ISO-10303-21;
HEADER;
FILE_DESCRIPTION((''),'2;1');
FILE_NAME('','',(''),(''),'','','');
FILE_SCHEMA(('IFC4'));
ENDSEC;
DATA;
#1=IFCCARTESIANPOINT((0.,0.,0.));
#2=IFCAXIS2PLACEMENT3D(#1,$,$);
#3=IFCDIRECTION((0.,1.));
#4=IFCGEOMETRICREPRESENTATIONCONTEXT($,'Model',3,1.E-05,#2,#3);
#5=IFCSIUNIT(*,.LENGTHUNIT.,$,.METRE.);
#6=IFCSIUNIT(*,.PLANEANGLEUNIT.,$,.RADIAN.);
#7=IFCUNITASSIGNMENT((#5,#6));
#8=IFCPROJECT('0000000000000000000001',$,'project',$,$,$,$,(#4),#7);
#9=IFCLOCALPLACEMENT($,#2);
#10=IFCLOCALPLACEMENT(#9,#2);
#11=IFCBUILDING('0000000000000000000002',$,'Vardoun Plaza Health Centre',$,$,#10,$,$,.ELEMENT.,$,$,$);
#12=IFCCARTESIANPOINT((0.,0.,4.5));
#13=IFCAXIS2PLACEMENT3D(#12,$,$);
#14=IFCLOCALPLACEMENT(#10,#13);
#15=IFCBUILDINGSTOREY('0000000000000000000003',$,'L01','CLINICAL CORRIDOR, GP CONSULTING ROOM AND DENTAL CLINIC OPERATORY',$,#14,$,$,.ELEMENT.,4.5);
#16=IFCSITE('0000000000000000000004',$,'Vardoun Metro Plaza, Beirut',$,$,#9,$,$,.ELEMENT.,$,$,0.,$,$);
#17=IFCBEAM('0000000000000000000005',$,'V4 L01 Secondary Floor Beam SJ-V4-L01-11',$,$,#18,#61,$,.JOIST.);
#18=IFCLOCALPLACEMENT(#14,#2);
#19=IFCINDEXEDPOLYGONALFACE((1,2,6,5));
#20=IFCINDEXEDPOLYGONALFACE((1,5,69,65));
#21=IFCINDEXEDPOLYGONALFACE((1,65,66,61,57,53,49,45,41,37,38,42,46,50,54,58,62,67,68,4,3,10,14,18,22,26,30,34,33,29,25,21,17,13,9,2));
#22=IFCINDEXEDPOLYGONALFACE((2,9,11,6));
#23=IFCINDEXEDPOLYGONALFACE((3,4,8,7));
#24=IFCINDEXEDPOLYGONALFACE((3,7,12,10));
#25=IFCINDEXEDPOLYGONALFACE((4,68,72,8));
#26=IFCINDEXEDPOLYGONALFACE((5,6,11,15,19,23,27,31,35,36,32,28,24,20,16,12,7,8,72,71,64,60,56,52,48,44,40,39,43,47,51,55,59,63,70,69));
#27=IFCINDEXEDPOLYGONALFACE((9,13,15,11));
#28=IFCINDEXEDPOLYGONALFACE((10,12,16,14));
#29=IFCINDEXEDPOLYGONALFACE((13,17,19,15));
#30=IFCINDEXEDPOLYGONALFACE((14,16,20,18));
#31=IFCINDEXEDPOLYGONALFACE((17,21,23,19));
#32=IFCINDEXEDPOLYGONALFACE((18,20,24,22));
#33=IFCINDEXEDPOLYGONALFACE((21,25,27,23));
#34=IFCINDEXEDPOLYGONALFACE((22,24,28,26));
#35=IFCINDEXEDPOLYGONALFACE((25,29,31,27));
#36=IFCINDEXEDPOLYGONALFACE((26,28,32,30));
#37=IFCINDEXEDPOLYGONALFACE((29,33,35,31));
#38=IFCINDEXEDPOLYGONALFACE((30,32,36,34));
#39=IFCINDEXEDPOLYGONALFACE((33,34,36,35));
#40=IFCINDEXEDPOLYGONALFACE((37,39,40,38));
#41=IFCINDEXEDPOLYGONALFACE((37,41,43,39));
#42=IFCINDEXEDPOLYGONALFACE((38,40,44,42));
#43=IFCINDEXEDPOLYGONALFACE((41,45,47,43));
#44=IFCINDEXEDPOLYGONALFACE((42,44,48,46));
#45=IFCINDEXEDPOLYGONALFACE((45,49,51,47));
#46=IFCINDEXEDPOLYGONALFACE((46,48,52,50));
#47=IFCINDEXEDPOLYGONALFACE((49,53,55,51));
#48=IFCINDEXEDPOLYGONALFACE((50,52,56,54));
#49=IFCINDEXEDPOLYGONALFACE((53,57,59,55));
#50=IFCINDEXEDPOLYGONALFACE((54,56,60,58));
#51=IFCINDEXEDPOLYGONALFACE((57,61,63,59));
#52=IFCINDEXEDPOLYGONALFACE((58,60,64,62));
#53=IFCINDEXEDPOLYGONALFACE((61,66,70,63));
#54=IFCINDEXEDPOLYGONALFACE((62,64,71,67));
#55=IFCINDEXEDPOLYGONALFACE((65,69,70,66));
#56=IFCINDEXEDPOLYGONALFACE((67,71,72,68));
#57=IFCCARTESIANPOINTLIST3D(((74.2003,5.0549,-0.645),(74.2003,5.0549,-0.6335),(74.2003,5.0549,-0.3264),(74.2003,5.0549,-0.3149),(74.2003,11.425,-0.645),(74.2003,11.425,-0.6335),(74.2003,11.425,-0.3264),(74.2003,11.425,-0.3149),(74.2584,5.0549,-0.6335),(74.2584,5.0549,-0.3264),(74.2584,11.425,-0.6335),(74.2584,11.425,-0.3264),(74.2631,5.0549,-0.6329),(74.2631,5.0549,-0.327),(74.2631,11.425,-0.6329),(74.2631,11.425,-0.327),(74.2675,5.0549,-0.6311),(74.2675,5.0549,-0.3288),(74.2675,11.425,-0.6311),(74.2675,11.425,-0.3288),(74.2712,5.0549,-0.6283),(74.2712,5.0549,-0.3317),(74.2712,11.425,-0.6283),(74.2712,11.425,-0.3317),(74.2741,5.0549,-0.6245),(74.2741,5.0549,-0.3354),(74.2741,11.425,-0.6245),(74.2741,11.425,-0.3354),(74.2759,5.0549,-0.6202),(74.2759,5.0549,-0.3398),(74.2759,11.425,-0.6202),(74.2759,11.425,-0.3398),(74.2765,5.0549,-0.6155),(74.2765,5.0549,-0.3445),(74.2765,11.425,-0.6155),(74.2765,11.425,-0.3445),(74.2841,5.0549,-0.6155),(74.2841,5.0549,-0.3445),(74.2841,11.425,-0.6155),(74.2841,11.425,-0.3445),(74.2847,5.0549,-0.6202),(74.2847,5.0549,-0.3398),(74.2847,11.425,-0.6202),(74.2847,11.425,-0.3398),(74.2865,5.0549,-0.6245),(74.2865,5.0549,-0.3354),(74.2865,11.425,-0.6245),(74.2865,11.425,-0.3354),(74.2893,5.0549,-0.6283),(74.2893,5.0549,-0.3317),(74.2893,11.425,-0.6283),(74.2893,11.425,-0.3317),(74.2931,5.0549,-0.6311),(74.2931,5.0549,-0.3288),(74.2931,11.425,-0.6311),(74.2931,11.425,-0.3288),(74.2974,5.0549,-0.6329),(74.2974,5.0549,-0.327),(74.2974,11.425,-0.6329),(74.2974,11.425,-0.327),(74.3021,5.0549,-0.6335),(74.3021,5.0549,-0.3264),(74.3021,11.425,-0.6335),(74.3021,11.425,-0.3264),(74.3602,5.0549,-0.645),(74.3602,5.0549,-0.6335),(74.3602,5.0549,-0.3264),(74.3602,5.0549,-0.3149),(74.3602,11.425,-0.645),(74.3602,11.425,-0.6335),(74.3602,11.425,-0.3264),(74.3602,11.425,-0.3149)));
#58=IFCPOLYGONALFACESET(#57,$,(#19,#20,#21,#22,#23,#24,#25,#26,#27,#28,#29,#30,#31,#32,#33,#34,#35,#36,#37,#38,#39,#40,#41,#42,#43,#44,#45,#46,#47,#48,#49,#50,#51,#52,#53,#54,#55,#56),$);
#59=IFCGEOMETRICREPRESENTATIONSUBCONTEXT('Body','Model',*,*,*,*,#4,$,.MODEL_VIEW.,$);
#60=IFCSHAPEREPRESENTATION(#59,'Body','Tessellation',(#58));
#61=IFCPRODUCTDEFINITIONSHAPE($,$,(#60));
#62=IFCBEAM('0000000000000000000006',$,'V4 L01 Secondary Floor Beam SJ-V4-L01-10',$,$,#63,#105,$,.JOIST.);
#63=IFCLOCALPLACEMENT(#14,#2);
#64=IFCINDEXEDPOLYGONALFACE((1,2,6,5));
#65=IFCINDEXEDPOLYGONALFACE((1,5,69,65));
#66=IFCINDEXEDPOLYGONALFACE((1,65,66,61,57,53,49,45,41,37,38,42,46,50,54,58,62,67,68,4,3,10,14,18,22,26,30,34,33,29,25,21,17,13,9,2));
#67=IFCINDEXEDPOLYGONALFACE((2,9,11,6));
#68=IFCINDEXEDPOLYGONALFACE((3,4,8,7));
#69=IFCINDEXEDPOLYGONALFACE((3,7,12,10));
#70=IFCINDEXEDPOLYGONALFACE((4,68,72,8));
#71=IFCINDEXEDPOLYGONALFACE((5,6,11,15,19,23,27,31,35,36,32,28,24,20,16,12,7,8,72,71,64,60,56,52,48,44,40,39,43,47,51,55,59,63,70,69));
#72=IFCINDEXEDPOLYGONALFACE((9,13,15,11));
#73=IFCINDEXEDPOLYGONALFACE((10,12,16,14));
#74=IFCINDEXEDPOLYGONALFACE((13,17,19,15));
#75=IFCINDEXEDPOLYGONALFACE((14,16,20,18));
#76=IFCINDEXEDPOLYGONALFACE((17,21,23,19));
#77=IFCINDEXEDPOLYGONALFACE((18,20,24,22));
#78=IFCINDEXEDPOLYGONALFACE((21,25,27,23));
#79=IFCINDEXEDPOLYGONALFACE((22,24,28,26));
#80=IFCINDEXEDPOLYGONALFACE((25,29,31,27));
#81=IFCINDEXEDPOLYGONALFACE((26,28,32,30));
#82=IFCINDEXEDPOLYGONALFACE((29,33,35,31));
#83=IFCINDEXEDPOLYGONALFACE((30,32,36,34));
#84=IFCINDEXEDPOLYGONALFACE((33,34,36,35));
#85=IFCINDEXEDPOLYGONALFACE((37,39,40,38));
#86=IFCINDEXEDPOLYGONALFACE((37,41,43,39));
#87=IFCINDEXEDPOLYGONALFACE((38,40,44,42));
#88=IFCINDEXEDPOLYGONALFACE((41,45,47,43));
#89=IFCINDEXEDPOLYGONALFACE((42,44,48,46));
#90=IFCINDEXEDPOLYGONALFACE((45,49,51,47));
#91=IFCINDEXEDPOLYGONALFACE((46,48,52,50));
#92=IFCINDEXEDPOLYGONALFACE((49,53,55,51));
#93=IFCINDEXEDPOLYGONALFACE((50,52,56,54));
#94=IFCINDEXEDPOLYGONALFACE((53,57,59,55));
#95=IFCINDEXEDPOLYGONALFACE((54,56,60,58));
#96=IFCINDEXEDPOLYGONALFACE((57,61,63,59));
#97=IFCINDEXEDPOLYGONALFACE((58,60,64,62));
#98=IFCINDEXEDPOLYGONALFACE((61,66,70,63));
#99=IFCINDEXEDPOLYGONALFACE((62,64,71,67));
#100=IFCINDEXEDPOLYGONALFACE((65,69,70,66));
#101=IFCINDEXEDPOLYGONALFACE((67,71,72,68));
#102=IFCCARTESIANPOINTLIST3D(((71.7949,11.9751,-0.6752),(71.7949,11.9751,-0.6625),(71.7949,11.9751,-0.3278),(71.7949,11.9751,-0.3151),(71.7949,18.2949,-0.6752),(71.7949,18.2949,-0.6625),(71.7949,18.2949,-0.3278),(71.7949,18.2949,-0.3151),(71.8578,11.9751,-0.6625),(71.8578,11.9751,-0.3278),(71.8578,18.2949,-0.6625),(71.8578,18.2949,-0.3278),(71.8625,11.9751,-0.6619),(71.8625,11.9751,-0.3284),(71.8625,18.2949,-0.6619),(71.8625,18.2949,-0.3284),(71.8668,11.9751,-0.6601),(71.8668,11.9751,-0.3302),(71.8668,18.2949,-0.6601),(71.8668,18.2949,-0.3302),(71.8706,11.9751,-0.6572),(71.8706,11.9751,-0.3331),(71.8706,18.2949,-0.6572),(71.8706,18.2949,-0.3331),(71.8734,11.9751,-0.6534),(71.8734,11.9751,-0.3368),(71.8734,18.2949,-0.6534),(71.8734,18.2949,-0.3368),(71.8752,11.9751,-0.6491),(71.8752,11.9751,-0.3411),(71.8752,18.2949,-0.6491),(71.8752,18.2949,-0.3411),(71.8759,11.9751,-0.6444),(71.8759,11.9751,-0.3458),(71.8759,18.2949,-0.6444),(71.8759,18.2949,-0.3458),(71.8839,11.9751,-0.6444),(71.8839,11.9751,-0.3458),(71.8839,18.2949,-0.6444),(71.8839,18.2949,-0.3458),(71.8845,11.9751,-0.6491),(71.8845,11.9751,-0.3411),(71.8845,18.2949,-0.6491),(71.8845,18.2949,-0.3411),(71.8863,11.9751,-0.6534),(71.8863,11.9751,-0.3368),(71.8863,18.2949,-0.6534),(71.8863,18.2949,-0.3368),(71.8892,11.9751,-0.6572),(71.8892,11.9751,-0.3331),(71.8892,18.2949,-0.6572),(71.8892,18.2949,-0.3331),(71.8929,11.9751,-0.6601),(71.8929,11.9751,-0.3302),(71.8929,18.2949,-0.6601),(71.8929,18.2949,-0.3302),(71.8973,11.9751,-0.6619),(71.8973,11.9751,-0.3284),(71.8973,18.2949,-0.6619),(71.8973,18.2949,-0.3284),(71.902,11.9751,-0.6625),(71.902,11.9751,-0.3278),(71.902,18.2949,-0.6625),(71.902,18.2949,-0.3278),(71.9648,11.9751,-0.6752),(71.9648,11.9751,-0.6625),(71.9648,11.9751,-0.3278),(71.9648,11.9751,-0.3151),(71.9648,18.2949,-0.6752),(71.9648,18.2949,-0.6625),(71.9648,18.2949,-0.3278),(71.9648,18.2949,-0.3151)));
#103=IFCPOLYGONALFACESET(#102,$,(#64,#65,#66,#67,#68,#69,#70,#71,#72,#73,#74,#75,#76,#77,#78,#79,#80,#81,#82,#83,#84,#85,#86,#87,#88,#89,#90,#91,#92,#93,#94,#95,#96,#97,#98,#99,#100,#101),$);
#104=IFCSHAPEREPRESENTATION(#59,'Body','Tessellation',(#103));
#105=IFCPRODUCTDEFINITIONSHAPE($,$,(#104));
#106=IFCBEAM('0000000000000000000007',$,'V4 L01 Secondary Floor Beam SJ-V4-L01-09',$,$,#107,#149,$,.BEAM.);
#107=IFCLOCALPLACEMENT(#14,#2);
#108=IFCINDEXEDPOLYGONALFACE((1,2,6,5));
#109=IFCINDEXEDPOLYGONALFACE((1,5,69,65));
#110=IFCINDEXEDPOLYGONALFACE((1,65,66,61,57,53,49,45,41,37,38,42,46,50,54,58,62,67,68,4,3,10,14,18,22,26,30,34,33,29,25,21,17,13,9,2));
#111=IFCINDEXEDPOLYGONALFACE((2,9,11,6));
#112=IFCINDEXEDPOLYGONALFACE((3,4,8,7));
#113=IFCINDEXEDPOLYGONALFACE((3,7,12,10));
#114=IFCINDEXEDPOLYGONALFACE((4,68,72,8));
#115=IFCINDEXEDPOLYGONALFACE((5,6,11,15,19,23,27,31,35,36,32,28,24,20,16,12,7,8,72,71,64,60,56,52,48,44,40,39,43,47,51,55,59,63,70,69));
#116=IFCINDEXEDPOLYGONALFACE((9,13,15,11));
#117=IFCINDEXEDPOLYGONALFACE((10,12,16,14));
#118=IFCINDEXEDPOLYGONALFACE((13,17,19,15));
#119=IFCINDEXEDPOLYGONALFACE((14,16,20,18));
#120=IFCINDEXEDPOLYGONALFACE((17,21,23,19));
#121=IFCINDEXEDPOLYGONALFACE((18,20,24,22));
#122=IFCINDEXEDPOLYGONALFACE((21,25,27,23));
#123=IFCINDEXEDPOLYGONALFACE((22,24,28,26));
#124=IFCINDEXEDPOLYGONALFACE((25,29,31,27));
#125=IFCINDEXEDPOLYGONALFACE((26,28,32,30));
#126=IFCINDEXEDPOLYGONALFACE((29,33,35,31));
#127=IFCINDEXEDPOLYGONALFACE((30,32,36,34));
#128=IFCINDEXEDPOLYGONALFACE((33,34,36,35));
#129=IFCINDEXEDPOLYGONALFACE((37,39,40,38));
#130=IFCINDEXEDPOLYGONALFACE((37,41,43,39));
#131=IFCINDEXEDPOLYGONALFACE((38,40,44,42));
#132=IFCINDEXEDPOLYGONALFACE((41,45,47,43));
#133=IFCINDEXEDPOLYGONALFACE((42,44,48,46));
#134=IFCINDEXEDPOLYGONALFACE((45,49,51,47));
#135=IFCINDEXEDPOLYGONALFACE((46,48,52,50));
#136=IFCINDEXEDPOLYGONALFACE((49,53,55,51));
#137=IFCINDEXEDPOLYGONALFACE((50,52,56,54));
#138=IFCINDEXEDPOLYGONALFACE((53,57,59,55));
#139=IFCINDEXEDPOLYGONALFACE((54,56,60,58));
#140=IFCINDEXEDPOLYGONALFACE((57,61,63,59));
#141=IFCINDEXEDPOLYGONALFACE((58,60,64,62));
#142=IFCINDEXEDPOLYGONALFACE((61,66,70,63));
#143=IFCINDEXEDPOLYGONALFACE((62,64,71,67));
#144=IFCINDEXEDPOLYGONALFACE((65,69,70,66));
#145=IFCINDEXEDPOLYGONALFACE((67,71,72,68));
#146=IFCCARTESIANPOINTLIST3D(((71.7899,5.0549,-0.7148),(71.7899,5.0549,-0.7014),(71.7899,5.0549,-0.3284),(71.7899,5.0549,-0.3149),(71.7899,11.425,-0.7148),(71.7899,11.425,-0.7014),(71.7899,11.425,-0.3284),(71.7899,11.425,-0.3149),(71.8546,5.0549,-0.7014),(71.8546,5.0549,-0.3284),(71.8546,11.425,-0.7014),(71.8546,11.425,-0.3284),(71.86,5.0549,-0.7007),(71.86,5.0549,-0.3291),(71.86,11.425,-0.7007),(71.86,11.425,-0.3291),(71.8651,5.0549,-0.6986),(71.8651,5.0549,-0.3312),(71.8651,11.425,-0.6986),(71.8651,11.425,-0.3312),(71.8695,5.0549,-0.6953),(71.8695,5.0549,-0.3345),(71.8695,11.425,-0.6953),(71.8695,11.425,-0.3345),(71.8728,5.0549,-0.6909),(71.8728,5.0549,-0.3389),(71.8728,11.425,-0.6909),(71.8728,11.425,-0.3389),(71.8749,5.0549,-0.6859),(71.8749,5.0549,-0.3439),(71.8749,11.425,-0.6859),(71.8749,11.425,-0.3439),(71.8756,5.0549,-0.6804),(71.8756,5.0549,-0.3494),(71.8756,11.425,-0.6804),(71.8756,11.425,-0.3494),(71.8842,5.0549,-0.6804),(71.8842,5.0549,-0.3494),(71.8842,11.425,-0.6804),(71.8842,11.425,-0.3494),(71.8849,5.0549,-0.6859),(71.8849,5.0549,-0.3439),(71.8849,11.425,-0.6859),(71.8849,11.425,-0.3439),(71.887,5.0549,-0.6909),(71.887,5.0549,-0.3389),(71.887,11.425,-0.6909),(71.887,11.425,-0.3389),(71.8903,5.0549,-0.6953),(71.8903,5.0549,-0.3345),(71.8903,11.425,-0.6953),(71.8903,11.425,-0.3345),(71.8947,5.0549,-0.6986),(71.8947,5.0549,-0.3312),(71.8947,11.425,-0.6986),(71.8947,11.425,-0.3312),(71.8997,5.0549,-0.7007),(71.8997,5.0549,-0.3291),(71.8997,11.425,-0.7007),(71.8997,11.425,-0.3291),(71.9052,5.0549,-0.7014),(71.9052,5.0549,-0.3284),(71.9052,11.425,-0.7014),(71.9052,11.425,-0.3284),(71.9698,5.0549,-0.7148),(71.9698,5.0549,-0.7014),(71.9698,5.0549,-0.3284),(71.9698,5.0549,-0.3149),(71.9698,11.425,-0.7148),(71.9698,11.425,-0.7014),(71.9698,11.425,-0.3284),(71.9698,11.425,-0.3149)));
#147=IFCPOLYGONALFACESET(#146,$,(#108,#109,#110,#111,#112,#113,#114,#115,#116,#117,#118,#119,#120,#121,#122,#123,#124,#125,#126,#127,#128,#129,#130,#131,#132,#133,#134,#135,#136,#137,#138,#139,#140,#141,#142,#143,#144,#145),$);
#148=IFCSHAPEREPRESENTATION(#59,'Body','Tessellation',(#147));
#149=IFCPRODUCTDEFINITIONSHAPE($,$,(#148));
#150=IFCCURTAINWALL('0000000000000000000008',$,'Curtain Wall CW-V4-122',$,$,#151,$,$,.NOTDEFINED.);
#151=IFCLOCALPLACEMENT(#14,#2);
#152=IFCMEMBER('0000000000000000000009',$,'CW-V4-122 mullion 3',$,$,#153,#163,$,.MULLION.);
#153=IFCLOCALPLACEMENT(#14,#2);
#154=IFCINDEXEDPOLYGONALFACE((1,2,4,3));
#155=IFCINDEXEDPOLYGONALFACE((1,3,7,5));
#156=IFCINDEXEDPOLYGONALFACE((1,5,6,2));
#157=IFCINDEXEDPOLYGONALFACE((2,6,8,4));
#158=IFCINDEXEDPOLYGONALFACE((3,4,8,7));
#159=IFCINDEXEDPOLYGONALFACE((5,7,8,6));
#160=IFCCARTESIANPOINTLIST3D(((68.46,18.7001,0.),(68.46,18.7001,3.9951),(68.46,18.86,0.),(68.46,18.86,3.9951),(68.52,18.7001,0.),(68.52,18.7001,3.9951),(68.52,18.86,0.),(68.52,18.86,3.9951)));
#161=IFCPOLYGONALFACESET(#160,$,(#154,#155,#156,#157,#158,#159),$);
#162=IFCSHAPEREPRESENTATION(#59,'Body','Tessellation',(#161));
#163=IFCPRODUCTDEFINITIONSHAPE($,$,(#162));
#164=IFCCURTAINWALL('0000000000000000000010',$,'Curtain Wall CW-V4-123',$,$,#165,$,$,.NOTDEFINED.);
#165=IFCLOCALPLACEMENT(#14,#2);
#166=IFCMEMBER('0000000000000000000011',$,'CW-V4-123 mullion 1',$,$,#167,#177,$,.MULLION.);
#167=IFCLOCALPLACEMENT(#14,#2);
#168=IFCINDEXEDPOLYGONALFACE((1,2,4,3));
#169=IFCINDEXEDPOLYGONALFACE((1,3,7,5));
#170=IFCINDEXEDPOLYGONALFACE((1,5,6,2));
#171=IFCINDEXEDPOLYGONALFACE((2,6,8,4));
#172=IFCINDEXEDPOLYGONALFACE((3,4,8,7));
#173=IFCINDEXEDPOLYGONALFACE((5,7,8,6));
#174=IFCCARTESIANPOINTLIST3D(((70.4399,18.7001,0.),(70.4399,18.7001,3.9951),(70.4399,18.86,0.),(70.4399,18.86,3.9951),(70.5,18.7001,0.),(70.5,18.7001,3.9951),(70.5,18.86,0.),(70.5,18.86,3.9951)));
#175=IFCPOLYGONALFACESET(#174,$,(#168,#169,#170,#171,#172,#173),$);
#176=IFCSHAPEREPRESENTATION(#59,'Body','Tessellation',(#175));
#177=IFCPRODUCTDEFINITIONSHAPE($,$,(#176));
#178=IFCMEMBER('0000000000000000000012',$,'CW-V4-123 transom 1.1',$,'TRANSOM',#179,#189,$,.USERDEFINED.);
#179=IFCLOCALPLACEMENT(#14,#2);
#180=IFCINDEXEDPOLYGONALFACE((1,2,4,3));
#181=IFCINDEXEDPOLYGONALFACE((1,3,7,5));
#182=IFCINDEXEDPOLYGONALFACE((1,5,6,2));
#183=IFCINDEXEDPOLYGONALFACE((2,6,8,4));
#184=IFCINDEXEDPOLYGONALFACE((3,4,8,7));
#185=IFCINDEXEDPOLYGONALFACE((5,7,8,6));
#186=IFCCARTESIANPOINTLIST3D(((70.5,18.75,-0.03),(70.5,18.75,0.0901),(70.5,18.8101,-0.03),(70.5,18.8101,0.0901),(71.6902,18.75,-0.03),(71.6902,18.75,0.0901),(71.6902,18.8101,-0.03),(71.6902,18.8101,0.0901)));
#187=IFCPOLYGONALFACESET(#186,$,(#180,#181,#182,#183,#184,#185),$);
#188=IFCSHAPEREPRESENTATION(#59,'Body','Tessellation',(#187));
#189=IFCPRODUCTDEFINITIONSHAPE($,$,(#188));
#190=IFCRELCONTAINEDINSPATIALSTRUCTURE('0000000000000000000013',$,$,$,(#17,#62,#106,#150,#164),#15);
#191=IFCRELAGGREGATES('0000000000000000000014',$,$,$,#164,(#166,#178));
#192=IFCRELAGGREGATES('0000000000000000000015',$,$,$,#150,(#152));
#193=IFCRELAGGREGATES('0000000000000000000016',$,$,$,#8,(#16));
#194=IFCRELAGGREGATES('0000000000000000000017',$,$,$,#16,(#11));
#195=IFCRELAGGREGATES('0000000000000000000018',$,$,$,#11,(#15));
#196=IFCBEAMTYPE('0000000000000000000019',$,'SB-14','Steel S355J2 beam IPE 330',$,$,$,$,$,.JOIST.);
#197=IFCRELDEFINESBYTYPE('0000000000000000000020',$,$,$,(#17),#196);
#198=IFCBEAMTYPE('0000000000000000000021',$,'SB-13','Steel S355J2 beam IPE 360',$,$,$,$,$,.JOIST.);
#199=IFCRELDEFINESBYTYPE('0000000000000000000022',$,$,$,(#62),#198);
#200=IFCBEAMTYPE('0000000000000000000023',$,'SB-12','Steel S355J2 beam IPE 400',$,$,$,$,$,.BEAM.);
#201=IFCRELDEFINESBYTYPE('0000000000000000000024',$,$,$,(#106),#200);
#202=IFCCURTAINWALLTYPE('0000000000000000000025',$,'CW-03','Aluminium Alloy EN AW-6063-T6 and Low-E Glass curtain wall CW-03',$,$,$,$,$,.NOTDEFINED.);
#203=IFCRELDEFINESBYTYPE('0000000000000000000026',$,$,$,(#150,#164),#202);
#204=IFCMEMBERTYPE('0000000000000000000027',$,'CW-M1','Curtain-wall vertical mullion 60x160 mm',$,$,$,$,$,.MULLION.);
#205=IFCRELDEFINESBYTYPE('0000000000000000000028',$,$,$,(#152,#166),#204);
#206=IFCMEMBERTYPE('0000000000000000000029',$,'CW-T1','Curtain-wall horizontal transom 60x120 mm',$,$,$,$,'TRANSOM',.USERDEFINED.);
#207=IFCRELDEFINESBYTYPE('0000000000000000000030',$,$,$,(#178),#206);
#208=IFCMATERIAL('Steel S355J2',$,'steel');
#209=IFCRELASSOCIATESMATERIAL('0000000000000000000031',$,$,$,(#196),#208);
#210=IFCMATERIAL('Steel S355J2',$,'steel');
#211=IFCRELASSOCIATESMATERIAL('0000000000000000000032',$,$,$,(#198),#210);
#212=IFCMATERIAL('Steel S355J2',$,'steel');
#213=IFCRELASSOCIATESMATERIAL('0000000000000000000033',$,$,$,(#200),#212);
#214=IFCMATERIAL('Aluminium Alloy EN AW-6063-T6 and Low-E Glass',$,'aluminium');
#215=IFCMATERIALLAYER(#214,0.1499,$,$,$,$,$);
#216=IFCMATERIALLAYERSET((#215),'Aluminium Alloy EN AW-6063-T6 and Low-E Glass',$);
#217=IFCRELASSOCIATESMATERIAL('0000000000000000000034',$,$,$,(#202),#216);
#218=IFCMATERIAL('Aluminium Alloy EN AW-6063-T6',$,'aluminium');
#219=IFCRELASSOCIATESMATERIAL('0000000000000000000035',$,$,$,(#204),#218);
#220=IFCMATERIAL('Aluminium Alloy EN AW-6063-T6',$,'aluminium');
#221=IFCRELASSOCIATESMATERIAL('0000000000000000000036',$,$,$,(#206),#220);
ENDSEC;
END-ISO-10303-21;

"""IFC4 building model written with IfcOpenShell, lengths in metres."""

from ifc_helpers import new_model, si_unit, direction, frame, origin, origin_2d, place, context, subcontext, project, spatial, rectangle, i_section, extrude, material, layer, layer_set, material_profile, profile_set, type_object, element, aggregate, save


model = new_model("IFC4")

# Units and contexts
model_context = context("Model", 3, precision=1e-05, world=origin(), true_north=direction((0.0, 1.0)))
body_context = subcontext(model_context, "Body", "Model", "MODEL_VIEW")
ifc_project = project(units=[si_unit("LENGTHUNIT", "METRE"), si_unit("PLANEANGLEUNIT", "RADIAN")], contexts=[model_context])

# Site, building, storey
site_placement = place(None, origin())
site = spatial("IfcSite", under=ifc_project, at=site_placement, Name="Vardoun Metro Plaza, Beirut", CompositionType="ELEMENT", RefElevation=0.0)
building_placement = place(site_placement, origin())
building = spatial("IfcBuilding", under=site, at=building_placement, Name="Vardoun Plaza Health Centre", CompositionType="ELEMENT")
storey_placement = place(building_placement, frame((0.0, 0.0, 4.5)))
storey = spatial("IfcBuildingStorey", under=building, at=storey_placement, Name="L01", Description="CLINICAL CORRIDOR, GP CONSULTING ROOM AND DENTAL CLINIC OPERATORY", CompositionType="ELEMENT", Elevation=4.5)

# Beams
ifc_material_1 = material(Name="Steel S355J2", Category="steel")
ifc_material_profile_1 = material_profile(ifc_material_1, i_section(OverallWidth=0.1599, OverallDepth=0.3301, WebThickness=0.0076, FlangeThickness=0.0115, FilletRadius=0.0181, at=origin_2d()), Name="IPE 330")
ifc_profile_set_1 = profile_set([ifc_material_profile_1], Name="Steel S355J2")
beam_type_1 = type_object("IfcBeamType", Name="SB-14", Description="Steel S355J2 beam IPE 330", PredefinedType="JOIST", material=ifc_profile_set_1)
beam_1_placement = place(storey_placement, frame((74.2803, 5.0549, -0.48), z_axis=(0.0, 1.0, 0.0), x_axis=(-1.0, 0.0, 0.0)))
element("IfcBeam", 1, at=beam_1_placement, inside=storey, type_object=beam_type_1, Name="V4 L01 Secondary Floor Beam SJ-V4-L01-11", PredefinedType="JOIST", context=body_context, shape_type="SweptSolid", body=[
    extrude(i_section(OverallWidth=0.1599, OverallDepth=0.3301, WebThickness=0.0076, FlangeThickness=0.0115, FilletRadius=0.0181, at=origin_2d()), origin(), (0.0, 0.0, 1.0), 6.3701),
])
ifc_material_2 = material(Name="Steel S355J2", Category="steel")
ifc_material_profile_2 = material_profile(ifc_material_2, i_section(OverallWidth=0.1699, OverallDepth=0.3601, WebThickness=0.0081, FlangeThickness=0.0127, FilletRadius=0.0181, at=origin_2d()), Name="IPE 360")
ifc_profile_set_2 = profile_set([ifc_material_profile_2], Name="Steel S355J2")
beam_type_2 = type_object("IfcBeamType", Name="SB-13", Description="Steel S355J2 beam IPE 360", PredefinedType="JOIST", material=ifc_profile_set_2)
beam_2_placement = place(storey_placement, frame((71.8799, 11.9751, -0.4951), z_axis=(0.0, 1.0, 0.0), x_axis=(-1.0, 0.0, 0.0)))
element("IfcBeam", 2, at=beam_2_placement, inside=storey, type_object=beam_type_2, Name="V4 L01 Secondary Floor Beam SJ-V4-L01-10", PredefinedType="JOIST", context=body_context, shape_type="SweptSolid", body=[
    extrude(i_section(OverallWidth=0.1699, OverallDepth=0.3601, WebThickness=0.0081, FlangeThickness=0.0127, FilletRadius=0.0181, at=origin_2d()), origin(), (0.0, 0.0, 1.0), 6.3198),
])
ifc_material_3 = material(Name="Steel S355J2", Category="steel")
ifc_material_profile_3 = material_profile(ifc_material_3, i_section(OverallWidth=0.1799, OverallDepth=0.3999, WebThickness=0.0085, FlangeThickness=0.0134, FilletRadius=0.021, at=origin_2d()), Name="IPE 400")
ifc_profile_set_3 = profile_set([ifc_material_profile_3], Name="Steel S355J2")
beam_type_3 = type_object("IfcBeamType", Name="SB-12", Description="Steel S355J2 beam IPE 400", PredefinedType="BEAM", material=ifc_profile_set_3)
beam_3_placement = place(storey_placement, frame((71.8799, 5.0549, -0.5149), z_axis=(0.0, 1.0, 0.0), x_axis=(-1.0, 0.0, 0.0)))
element("IfcBeam", 3, at=beam_3_placement, inside=storey, type_object=beam_type_3, Name="V4 L01 Secondary Floor Beam SJ-V4-L01-09", PredefinedType="BEAM", context=body_context, shape_type="SweptSolid", body=[
    extrude(i_section(OverallWidth=0.1799, OverallDepth=0.3999, WebThickness=0.0085, FlangeThickness=0.0134, FilletRadius=0.021, at=origin_2d()), origin(), (0.0, 0.0, 1.0), 6.3701),
])

# Curtain wall, member
ifc_material_4 = material(Name="Aluminium Alloy EN AW-6063-T6 and Low-E Glass", Category="aluminium")
ifc_layer_1 = layer(ifc_material_4, 0.1499)
ifc_layer_set_1 = layer_set([ifc_layer_1], Name="Aluminium Alloy EN AW-6063-T6 and Low-E Glass")
curtain_wall_type = type_object("IfcCurtainWallType", Name="CW-03", Description="Aluminium Alloy EN AW-6063-T6 and Low-E Glass curtain wall CW-03", PredefinedType="NOTDEFINED", material=ifc_layer_set_1)
curtain_wall_1_placement = place(storey_placement, origin())
curtain_wall_1 = element("IfcCurtainWall", 4, at=curtain_wall_1_placement, inside=storey, type_object=curtain_wall_type, Name="Curtain Wall CW-V4-122", PredefinedType="NOTDEFINED")
ifc_material_5 = material(Name="Aluminium Alloy EN AW-6063-T6", Category="aluminium")
ifc_material_profile_4 = material_profile(ifc_material_5, rectangle(XDim=0.1599, YDim=0.0601, at=origin_2d()), Name="CWM 60x160")
ifc_profile_set_4 = profile_set([ifc_material_profile_4], Name="Aluminium Alloy EN AW-6063-T6")
member_type_1 = type_object("IfcMemberType", Name="CW-M1", Description="Curtain-wall vertical mullion 60x160 mm", PredefinedType="MULLION", material=ifc_profile_set_4)
member_1_placement = place(storey_placement, frame((68.49, 18.78, 0.0), z_axis=(0.0, 0.0, 1.0), x_axis=(0.0, 1.0, 0.0)))
member_1 = element("IfcMember", 5, at=member_1_placement, type_object=member_type_1, Name="CW-V4-122 mullion 3", PredefinedType="MULLION", context=body_context, shape_type="SweptSolid", body=[
    extrude(rectangle(XDim=0.1599, YDim=0.0601, at=origin_2d()), origin(), (0.0, 0.0, 1.0), 3.9951),
])

# Curtain wall, members
curtain_wall_2_placement = place(storey_placement, origin())
curtain_wall_2 = element("IfcCurtainWall", 6, at=curtain_wall_2_placement, inside=storey, type_object=curtain_wall_type, Name="Curtain Wall CW-V4-123", PredefinedType="NOTDEFINED")
member_2_placement = place(storey_placement, frame((70.47, 18.78, 0.0), z_axis=(0.0, 0.0, 1.0), x_axis=(0.0, 1.0, 0.0)))
member_2 = element("IfcMember", 7, at=member_2_placement, type_object=member_type_1, Name="CW-V4-123 mullion 1", PredefinedType="MULLION", context=body_context, shape_type="SweptSolid", body=[
    extrude(rectangle(XDim=0.1599, YDim=0.0601, at=origin_2d()), origin(), (0.0, 0.0, 1.0), 3.9951),
])
ifc_material_6 = material(Name="Aluminium Alloy EN AW-6063-T6", Category="aluminium")
ifc_material_profile_5 = material_profile(ifc_material_6, rectangle(XDim=0.0601, YDim=0.1201, at=origin_2d()), Name="CWT 60x120")
ifc_profile_set_5 = profile_set([ifc_material_profile_5], Name="Aluminium Alloy EN AW-6063-T6")
member_type_2 = type_object("IfcMemberType", Name="CW-T1", Description="Curtain-wall horizontal transom 60x120 mm", ElementType="TRANSOM", PredefinedType="USERDEFINED", material=ifc_profile_set_5)
member_3_placement = place(storey_placement, frame((70.5, 18.78, 0.03), z_axis=(1.0, 0.0, 0.0), x_axis=(0.0, 1.0, 0.0)))
member_3 = element("IfcMember", 8, at=member_3_placement, type_object=member_type_2, Name="CW-V4-123 transom 1.1", ObjectType="TRANSOM", PredefinedType="USERDEFINED", context=body_context, shape_type="SweptSolid", body=[
    extrude(rectangle(XDim=0.0601, YDim=0.1201, at=origin_2d()), origin(), (0.0, 0.0, 1.0), 1.1902),
])
aggregate(curtain_wall_2, [member_2, member_3])

aggregate(curtain_wall_1, [member_1])

save(model, "model.ifc")
